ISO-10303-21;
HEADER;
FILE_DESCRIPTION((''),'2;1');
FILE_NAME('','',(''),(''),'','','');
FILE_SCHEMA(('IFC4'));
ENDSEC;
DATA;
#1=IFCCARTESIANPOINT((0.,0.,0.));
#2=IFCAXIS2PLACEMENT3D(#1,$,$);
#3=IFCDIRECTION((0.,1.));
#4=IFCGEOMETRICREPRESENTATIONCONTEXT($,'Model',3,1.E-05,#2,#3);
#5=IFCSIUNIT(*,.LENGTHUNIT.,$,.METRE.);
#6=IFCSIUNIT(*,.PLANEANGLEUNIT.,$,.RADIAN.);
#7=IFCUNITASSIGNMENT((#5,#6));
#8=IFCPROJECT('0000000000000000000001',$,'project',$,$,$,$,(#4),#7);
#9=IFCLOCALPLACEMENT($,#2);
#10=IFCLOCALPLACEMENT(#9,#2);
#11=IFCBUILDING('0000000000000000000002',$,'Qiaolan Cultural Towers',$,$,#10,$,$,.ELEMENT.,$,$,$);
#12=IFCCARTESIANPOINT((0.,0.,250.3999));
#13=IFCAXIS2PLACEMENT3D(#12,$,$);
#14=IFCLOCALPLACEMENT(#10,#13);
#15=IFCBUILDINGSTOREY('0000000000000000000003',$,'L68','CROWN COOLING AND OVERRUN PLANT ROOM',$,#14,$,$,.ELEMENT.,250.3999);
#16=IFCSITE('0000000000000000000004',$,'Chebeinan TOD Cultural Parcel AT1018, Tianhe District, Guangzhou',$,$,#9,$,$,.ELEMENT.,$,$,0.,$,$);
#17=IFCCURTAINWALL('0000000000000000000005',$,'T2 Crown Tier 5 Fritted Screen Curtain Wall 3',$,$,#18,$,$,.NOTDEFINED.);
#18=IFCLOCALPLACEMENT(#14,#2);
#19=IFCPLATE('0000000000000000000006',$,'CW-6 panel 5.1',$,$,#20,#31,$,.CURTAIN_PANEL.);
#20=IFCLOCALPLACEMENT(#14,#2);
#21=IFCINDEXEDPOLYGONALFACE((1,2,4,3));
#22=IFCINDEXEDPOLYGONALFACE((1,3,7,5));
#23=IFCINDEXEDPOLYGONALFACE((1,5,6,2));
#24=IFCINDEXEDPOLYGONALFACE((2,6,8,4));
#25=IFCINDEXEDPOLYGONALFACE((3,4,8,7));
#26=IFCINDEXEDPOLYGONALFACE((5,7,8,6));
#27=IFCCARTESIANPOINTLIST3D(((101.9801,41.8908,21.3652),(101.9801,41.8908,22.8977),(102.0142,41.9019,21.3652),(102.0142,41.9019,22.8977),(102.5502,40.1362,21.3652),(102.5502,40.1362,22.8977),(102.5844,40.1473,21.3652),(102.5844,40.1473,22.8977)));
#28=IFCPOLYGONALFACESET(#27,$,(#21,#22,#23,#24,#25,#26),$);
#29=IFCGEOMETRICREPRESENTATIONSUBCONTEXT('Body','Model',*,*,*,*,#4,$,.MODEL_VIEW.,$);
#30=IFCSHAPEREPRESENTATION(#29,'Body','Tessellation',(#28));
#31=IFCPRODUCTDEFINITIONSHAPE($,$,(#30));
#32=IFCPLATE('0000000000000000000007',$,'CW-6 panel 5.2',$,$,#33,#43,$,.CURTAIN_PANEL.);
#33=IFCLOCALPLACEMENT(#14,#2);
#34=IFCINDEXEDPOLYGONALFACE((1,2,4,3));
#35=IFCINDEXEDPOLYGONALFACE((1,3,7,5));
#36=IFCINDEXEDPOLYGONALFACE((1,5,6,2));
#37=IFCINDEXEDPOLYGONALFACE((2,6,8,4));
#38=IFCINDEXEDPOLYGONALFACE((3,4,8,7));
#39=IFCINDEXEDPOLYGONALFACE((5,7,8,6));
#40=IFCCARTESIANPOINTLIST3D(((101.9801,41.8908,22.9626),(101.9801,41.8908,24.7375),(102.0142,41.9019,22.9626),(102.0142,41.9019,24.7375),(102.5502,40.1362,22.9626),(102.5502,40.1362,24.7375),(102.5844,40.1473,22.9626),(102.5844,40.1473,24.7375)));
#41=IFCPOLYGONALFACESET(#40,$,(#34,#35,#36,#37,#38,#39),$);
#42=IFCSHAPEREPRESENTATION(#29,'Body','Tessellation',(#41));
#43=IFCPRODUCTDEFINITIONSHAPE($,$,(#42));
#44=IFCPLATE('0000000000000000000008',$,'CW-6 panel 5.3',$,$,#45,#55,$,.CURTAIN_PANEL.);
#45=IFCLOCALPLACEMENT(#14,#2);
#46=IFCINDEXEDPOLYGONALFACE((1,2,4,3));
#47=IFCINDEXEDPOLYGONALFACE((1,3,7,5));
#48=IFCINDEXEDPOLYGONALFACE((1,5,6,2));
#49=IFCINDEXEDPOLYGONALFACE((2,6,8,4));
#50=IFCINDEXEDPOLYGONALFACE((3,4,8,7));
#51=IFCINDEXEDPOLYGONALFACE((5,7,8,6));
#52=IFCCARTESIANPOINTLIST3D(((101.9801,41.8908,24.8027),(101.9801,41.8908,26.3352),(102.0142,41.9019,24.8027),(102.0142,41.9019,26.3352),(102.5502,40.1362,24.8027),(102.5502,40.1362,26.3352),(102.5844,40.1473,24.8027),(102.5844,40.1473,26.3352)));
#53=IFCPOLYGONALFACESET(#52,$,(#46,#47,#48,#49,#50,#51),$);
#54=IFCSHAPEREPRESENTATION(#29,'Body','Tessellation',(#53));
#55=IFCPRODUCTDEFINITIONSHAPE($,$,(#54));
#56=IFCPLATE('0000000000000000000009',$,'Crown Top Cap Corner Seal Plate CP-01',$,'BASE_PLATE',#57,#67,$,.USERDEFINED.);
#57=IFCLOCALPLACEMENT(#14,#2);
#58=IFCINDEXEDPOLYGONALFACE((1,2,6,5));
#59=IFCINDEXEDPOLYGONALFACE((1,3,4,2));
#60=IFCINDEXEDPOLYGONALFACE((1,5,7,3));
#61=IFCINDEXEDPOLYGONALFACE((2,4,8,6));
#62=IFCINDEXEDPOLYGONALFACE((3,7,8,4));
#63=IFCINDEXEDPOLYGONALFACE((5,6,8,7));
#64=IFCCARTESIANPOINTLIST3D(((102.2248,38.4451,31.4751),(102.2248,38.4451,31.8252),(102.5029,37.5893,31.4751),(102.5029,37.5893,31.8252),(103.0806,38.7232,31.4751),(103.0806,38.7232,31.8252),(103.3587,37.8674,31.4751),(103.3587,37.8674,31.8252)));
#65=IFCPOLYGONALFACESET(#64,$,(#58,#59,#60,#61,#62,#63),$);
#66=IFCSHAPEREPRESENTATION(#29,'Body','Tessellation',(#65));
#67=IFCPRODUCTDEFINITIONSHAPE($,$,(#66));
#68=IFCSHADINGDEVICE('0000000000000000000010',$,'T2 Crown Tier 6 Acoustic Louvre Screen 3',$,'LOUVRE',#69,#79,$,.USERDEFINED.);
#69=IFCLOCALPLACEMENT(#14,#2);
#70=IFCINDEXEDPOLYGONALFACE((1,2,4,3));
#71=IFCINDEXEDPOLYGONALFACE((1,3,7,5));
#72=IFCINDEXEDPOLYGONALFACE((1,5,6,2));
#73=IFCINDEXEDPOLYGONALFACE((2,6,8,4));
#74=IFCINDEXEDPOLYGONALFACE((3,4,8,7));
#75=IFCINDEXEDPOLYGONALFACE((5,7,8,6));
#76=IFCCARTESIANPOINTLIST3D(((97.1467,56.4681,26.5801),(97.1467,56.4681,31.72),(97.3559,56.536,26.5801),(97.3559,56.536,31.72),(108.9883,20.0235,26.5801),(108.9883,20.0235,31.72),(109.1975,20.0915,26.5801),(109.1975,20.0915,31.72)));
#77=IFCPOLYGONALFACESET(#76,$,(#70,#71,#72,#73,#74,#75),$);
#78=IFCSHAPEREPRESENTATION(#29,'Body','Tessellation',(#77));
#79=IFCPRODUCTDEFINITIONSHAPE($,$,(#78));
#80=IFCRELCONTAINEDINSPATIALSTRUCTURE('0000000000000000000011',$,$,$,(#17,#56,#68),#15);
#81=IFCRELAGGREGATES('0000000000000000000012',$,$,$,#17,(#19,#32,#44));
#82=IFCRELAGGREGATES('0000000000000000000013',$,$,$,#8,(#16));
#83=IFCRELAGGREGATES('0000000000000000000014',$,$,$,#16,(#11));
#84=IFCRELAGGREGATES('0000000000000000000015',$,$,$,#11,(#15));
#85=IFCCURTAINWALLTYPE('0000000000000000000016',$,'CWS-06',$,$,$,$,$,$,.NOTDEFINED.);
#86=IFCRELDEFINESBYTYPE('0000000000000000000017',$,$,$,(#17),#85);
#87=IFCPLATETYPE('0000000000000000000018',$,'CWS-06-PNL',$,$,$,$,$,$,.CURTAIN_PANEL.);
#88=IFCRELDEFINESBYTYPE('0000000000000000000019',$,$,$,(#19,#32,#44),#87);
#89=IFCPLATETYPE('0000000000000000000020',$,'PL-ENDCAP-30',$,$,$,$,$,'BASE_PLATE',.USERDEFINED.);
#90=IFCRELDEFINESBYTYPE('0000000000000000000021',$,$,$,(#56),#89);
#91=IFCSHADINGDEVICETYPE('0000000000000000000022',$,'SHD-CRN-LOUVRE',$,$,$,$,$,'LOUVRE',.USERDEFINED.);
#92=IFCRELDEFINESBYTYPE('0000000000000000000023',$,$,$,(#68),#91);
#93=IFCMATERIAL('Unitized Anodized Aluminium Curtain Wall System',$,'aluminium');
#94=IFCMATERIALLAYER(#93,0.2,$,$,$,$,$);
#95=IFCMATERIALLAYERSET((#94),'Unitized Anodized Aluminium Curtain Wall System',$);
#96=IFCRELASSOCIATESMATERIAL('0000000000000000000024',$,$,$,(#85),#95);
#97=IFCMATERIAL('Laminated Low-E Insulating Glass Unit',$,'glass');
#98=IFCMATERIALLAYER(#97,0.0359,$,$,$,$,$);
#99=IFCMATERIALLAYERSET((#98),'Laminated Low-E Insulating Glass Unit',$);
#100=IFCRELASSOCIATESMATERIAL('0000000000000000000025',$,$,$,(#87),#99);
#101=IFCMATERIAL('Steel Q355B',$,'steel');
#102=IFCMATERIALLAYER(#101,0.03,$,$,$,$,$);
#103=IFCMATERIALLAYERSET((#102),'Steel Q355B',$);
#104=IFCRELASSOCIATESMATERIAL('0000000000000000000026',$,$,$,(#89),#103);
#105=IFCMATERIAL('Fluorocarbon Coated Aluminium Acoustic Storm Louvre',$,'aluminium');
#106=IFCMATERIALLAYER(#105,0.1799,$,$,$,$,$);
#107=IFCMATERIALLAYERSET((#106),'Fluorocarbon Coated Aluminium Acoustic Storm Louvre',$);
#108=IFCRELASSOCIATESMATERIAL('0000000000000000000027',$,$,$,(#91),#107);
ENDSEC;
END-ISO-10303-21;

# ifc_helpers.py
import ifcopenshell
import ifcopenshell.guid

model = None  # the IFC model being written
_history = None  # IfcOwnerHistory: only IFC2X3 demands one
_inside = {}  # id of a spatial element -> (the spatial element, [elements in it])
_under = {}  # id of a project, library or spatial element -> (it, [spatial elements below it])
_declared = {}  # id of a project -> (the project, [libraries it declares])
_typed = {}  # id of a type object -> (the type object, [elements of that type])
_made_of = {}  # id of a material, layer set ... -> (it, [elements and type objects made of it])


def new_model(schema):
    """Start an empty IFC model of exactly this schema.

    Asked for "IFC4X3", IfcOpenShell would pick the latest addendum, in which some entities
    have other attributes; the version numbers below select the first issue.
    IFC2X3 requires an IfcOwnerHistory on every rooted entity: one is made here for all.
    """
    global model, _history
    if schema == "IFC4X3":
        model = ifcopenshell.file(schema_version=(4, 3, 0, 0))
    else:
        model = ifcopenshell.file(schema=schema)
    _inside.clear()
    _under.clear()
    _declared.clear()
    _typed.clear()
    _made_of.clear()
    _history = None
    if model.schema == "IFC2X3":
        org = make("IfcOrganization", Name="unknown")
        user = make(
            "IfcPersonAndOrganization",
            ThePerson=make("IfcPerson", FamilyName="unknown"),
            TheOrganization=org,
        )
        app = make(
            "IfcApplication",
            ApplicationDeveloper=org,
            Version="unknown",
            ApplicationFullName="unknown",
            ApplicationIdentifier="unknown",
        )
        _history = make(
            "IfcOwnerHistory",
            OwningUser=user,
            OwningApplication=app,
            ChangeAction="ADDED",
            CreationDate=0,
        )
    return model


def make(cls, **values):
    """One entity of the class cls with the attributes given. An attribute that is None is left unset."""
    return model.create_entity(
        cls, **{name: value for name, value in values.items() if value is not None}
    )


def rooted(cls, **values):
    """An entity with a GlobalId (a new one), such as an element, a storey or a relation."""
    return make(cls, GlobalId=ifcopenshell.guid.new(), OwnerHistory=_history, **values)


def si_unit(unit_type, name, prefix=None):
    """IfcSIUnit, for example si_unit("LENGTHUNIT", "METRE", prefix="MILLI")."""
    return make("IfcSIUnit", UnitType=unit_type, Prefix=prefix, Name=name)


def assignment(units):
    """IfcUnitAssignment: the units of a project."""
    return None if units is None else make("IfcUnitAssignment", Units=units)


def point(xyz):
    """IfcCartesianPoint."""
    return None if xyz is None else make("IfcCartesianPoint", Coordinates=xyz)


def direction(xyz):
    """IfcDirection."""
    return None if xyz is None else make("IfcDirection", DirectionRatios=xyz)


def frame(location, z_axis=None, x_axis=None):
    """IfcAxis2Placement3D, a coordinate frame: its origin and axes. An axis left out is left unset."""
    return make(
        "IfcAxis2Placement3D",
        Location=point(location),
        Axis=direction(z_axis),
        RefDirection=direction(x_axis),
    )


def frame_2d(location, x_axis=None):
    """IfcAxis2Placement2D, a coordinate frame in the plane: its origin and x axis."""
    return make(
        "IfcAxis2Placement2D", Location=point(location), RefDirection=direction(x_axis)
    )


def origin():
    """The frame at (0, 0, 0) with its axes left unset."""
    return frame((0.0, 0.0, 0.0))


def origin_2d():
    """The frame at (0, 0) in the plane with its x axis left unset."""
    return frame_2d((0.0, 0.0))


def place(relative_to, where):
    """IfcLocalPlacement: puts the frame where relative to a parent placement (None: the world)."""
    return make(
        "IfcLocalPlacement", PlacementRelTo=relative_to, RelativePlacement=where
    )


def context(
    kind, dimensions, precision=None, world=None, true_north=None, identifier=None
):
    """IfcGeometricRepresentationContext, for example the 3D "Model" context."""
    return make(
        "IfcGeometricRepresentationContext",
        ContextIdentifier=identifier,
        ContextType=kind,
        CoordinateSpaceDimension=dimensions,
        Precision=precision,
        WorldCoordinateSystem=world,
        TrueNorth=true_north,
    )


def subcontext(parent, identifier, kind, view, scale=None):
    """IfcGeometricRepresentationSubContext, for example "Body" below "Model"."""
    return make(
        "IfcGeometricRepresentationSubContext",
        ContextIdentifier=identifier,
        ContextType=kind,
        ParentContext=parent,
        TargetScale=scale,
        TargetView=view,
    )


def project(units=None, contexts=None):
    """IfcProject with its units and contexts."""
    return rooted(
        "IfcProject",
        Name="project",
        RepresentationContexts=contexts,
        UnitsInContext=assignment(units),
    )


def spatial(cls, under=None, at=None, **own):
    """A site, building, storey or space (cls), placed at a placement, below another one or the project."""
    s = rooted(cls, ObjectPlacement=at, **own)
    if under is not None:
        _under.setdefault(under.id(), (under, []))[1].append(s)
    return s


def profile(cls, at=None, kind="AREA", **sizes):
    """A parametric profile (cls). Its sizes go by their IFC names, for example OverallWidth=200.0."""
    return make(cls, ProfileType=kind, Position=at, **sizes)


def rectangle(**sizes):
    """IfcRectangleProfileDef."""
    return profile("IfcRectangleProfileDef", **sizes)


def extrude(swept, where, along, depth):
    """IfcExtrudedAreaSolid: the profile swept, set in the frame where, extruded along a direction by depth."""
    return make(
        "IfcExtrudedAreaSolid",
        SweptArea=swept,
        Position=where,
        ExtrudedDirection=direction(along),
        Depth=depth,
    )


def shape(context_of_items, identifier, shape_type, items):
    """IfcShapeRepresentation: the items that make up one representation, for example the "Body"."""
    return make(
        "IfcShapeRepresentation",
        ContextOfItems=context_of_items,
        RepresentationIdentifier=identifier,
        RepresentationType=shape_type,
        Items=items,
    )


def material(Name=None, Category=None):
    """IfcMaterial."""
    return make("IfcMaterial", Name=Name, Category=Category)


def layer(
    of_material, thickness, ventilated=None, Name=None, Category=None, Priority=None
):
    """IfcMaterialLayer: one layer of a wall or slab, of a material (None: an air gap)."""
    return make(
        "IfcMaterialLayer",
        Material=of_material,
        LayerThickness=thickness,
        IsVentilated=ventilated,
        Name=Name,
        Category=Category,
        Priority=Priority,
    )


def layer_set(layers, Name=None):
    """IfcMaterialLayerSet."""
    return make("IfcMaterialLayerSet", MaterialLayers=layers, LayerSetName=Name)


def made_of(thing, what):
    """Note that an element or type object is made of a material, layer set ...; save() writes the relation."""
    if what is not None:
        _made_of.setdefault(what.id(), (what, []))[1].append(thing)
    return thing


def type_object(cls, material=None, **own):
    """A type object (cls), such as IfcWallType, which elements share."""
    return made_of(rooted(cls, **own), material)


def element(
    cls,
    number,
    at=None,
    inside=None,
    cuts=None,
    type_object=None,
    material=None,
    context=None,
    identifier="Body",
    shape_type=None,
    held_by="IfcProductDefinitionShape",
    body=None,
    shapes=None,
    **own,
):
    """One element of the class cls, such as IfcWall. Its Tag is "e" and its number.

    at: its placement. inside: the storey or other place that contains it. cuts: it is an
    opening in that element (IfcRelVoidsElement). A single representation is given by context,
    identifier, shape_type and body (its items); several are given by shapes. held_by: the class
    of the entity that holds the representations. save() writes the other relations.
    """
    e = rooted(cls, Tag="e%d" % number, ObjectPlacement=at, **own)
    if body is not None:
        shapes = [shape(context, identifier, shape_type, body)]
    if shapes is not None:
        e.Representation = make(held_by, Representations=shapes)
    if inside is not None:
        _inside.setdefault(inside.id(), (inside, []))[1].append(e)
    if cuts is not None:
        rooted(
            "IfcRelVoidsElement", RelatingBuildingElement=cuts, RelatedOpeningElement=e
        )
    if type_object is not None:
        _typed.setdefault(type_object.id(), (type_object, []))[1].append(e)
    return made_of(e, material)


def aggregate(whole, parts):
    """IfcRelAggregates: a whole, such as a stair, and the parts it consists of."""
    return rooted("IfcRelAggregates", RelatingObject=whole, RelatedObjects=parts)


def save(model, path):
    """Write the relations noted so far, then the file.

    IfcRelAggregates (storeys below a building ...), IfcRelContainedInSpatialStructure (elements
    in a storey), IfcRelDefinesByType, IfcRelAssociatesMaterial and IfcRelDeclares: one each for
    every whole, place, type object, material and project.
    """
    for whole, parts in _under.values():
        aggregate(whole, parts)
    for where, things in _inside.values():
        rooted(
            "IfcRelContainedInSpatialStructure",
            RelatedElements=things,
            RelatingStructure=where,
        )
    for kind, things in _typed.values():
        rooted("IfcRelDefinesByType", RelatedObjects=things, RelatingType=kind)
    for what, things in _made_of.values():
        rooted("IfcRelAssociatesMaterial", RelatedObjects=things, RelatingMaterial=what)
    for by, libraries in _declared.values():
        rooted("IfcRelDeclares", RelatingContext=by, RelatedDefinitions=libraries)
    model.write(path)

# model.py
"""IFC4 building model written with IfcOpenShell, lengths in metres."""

from ifc_helpers import new_model, si_unit, direction, frame, origin, origin_2d, place, context, subcontext, project, spatial, rectangle, extrude, material, layer, layer_set, type_object, element, aggregate, save


model = new_model("IFC4")

# Units and contexts
model_context = context("Model", 3, precision=1e-05, world=origin(), true_north=direction((0.0, 1.0)))
body_context = subcontext(model_context, "Body", "Model", "MODEL_VIEW")
ifc_project = project(units=[si_unit("LENGTHUNIT", "METRE"), si_unit("PLANEANGLEUNIT", "RADIAN")], contexts=[model_context])

# Site, building, storey
site_placement = place(None, origin())
site = spatial("IfcSite", under=ifc_project, at=site_placement, Name="Chebeinan TOD Cultural Parcel AT1018, Tianhe District, Guangzhou", CompositionType="ELEMENT", RefElevation=0.0)
building_placement = place(site_placement, origin())
building = spatial("IfcBuilding", under=site, at=building_placement, Name="Qiaolan Cultural Towers", CompositionType="ELEMENT")
storey_placement = place(building_placement, frame((0.0, 0.0, 250.3999)))
storey = spatial("IfcBuildingStorey", under=building, at=storey_placement, Name="L68", Description="CROWN COOLING AND OVERRUN PLANT ROOM", CompositionType="ELEMENT", Elevation=250.3999)

# Curtain wall, plates
ifc_material_1 = material(Name="Unitized Anodized Aluminium Curtain Wall System", Category="aluminium")
ifc_layer_1 = layer(ifc_material_1, 0.2)
ifc_layer_set_1 = layer_set([ifc_layer_1], Name="Unitized Anodized Aluminium Curtain Wall System")
curtain_wall_type = type_object("IfcCurtainWallType", Name="CWS-06", PredefinedType="NOTDEFINED", material=ifc_layer_set_1)
curtain_wall_placement = place(storey_placement, origin())
curtain_wall = element("IfcCurtainWall", 1, at=curtain_wall_placement, inside=storey, type_object=curtain_wall_type, Name="T2 Crown Tier 5 Fritted Screen Curtain Wall 3", PredefinedType="NOTDEFINED")
ifc_material_2 = material(Name="Laminated Low-E Insulating Glass Unit", Category="glass")
ifc_layer_2 = layer(ifc_material_2, 0.0359)
ifc_layer_set_2 = layer_set([ifc_layer_2], Name="Laminated Low-E Insulating Glass Unit")
plate_type_1 = type_object("IfcPlateType", Name="CWS-06-PNL", PredefinedType="CURTAIN_PANEL", material=ifc_layer_set_2)
plate_1_placement = place(storey_placement, frame((102.2822, 41.019, 21.3652), z_axis=(0.0, 0.0, 1.0), x_axis=(-0.309017, 0.951057, 0.0)))
plate_1 = element("IfcPlate", 2, at=plate_1_placement, type_object=plate_type_1, Name="CW-6 panel 5.1", PredefinedType="CURTAIN_PANEL", context=body_context, shape_type="SweptSolid", body=[
    extrude(rectangle(XDim=1.845, YDim=0.0359, at=origin_2d()), origin(), (0.0, 0.0, 1.0), 1.5325),
])
plate_2_placement = place(storey_placement, frame((102.2822, 41.019, 22.9626), z_axis=(0.0, 0.0, 1.0), x_axis=(-0.309017, 0.951057, 0.0)))
plate_2 = element("IfcPlate", 3, at=plate_2_placement, type_object=plate_type_1, Name="CW-6 panel 5.2", PredefinedType="CURTAIN_PANEL", context=body_context, shape_type="SweptSolid", body=[
    extrude(rectangle(XDim=1.845, YDim=0.0359, at=origin_2d()), origin(), (0.0, 0.0, 1.0), 1.7749),
])
plate_3_placement = place(storey_placement, frame((102.2822, 41.019, 24.8027), z_axis=(0.0, 0.0, 1.0), x_axis=(-0.309017, 0.951057, 0.0)))
plate_3 = element("IfcPlate", 4, at=plate_3_placement, type_object=plate_type_1, Name="CW-6 panel 5.3", PredefinedType="CURTAIN_PANEL", context=body_context, shape_type="SweptSolid", body=[
    extrude(rectangle(XDim=1.845, YDim=0.0359, at=origin_2d()), origin(), (0.0, 0.0, 1.0), 1.5325),
])
aggregate(curtain_wall, [plate_1, plate_2, plate_3])

# Plate
ifc_material_3 = material(Name="Steel Q355B", Category="steel")
ifc_layer_3 = layer(ifc_material_3, 0.03)
ifc_layer_set_3 = layer_set([ifc_layer_3], Name="Steel Q355B")
plate_type_2 = type_object("IfcPlateType", Name="PL-ENDCAP-30", ElementType="BASE_PLATE", PredefinedType="USERDEFINED", material=ifc_layer_set_3)
plate_4_placement = place(storey_placement, frame((102.7917, 38.1562, 31.4751), z_axis=(0.0, 0.0, 1.0), x_axis=(0.951057, 0.309017, 0.0)))
element("IfcPlate", 5, at=plate_4_placement, inside=storey, type_object=plate_type_2, Name="Crown Top Cap Corner Seal Plate CP-01", ObjectType="BASE_PLATE", PredefinedType="USERDEFINED", context=body_context, shape_type="SweptSolid", body=[
    extrude(rectangle(XDim=0.8999, YDim=0.8999, at=origin_2d()), origin(), (0.0, 0.0, 1.0), 0.3501),
])

# Shading device
ifc_material_4 = material(Name="Fluorocarbon Coated Aluminium Acoustic Storm Louvre", Category="aluminium")
ifc_layer_4 = layer(ifc_material_4, 0.1799)
ifc_layer_set_4 = layer_set([ifc_layer_4], Name="Fluorocarbon Coated Aluminium Acoustic Storm Louvre")
shading_device_type = type_object("IfcShadingDeviceType", Name="SHD-CRN-LOUVRE", ElementType="LOUVRE", PredefinedType="USERDEFINED", material=ifc_layer_set_4)
shading_device_placement = place(storey_placement, frame((103.1721, 38.2798, 26.5801), z_axis=(0.0, 0.0, 1.0), x_axis=(-0.309017, 0.951057, 0.0)))
element("IfcShadingDevice", 6, at=shading_device_placement, inside=storey, type_object=shading_device_type, Name="T2 Crown Tier 6 Acoustic Louvre Screen 3", ObjectType="LOUVRE", PredefinedType="USERDEFINED", context=body_context, shape_type="SweptSolid", body=[
    extrude(rectangle(XDim=38.3201, YDim=0.22, at=origin_2d()), origin(), (0.0, 0.0, 1.0), 5.1399),
])

save(model, "model.ifc")
